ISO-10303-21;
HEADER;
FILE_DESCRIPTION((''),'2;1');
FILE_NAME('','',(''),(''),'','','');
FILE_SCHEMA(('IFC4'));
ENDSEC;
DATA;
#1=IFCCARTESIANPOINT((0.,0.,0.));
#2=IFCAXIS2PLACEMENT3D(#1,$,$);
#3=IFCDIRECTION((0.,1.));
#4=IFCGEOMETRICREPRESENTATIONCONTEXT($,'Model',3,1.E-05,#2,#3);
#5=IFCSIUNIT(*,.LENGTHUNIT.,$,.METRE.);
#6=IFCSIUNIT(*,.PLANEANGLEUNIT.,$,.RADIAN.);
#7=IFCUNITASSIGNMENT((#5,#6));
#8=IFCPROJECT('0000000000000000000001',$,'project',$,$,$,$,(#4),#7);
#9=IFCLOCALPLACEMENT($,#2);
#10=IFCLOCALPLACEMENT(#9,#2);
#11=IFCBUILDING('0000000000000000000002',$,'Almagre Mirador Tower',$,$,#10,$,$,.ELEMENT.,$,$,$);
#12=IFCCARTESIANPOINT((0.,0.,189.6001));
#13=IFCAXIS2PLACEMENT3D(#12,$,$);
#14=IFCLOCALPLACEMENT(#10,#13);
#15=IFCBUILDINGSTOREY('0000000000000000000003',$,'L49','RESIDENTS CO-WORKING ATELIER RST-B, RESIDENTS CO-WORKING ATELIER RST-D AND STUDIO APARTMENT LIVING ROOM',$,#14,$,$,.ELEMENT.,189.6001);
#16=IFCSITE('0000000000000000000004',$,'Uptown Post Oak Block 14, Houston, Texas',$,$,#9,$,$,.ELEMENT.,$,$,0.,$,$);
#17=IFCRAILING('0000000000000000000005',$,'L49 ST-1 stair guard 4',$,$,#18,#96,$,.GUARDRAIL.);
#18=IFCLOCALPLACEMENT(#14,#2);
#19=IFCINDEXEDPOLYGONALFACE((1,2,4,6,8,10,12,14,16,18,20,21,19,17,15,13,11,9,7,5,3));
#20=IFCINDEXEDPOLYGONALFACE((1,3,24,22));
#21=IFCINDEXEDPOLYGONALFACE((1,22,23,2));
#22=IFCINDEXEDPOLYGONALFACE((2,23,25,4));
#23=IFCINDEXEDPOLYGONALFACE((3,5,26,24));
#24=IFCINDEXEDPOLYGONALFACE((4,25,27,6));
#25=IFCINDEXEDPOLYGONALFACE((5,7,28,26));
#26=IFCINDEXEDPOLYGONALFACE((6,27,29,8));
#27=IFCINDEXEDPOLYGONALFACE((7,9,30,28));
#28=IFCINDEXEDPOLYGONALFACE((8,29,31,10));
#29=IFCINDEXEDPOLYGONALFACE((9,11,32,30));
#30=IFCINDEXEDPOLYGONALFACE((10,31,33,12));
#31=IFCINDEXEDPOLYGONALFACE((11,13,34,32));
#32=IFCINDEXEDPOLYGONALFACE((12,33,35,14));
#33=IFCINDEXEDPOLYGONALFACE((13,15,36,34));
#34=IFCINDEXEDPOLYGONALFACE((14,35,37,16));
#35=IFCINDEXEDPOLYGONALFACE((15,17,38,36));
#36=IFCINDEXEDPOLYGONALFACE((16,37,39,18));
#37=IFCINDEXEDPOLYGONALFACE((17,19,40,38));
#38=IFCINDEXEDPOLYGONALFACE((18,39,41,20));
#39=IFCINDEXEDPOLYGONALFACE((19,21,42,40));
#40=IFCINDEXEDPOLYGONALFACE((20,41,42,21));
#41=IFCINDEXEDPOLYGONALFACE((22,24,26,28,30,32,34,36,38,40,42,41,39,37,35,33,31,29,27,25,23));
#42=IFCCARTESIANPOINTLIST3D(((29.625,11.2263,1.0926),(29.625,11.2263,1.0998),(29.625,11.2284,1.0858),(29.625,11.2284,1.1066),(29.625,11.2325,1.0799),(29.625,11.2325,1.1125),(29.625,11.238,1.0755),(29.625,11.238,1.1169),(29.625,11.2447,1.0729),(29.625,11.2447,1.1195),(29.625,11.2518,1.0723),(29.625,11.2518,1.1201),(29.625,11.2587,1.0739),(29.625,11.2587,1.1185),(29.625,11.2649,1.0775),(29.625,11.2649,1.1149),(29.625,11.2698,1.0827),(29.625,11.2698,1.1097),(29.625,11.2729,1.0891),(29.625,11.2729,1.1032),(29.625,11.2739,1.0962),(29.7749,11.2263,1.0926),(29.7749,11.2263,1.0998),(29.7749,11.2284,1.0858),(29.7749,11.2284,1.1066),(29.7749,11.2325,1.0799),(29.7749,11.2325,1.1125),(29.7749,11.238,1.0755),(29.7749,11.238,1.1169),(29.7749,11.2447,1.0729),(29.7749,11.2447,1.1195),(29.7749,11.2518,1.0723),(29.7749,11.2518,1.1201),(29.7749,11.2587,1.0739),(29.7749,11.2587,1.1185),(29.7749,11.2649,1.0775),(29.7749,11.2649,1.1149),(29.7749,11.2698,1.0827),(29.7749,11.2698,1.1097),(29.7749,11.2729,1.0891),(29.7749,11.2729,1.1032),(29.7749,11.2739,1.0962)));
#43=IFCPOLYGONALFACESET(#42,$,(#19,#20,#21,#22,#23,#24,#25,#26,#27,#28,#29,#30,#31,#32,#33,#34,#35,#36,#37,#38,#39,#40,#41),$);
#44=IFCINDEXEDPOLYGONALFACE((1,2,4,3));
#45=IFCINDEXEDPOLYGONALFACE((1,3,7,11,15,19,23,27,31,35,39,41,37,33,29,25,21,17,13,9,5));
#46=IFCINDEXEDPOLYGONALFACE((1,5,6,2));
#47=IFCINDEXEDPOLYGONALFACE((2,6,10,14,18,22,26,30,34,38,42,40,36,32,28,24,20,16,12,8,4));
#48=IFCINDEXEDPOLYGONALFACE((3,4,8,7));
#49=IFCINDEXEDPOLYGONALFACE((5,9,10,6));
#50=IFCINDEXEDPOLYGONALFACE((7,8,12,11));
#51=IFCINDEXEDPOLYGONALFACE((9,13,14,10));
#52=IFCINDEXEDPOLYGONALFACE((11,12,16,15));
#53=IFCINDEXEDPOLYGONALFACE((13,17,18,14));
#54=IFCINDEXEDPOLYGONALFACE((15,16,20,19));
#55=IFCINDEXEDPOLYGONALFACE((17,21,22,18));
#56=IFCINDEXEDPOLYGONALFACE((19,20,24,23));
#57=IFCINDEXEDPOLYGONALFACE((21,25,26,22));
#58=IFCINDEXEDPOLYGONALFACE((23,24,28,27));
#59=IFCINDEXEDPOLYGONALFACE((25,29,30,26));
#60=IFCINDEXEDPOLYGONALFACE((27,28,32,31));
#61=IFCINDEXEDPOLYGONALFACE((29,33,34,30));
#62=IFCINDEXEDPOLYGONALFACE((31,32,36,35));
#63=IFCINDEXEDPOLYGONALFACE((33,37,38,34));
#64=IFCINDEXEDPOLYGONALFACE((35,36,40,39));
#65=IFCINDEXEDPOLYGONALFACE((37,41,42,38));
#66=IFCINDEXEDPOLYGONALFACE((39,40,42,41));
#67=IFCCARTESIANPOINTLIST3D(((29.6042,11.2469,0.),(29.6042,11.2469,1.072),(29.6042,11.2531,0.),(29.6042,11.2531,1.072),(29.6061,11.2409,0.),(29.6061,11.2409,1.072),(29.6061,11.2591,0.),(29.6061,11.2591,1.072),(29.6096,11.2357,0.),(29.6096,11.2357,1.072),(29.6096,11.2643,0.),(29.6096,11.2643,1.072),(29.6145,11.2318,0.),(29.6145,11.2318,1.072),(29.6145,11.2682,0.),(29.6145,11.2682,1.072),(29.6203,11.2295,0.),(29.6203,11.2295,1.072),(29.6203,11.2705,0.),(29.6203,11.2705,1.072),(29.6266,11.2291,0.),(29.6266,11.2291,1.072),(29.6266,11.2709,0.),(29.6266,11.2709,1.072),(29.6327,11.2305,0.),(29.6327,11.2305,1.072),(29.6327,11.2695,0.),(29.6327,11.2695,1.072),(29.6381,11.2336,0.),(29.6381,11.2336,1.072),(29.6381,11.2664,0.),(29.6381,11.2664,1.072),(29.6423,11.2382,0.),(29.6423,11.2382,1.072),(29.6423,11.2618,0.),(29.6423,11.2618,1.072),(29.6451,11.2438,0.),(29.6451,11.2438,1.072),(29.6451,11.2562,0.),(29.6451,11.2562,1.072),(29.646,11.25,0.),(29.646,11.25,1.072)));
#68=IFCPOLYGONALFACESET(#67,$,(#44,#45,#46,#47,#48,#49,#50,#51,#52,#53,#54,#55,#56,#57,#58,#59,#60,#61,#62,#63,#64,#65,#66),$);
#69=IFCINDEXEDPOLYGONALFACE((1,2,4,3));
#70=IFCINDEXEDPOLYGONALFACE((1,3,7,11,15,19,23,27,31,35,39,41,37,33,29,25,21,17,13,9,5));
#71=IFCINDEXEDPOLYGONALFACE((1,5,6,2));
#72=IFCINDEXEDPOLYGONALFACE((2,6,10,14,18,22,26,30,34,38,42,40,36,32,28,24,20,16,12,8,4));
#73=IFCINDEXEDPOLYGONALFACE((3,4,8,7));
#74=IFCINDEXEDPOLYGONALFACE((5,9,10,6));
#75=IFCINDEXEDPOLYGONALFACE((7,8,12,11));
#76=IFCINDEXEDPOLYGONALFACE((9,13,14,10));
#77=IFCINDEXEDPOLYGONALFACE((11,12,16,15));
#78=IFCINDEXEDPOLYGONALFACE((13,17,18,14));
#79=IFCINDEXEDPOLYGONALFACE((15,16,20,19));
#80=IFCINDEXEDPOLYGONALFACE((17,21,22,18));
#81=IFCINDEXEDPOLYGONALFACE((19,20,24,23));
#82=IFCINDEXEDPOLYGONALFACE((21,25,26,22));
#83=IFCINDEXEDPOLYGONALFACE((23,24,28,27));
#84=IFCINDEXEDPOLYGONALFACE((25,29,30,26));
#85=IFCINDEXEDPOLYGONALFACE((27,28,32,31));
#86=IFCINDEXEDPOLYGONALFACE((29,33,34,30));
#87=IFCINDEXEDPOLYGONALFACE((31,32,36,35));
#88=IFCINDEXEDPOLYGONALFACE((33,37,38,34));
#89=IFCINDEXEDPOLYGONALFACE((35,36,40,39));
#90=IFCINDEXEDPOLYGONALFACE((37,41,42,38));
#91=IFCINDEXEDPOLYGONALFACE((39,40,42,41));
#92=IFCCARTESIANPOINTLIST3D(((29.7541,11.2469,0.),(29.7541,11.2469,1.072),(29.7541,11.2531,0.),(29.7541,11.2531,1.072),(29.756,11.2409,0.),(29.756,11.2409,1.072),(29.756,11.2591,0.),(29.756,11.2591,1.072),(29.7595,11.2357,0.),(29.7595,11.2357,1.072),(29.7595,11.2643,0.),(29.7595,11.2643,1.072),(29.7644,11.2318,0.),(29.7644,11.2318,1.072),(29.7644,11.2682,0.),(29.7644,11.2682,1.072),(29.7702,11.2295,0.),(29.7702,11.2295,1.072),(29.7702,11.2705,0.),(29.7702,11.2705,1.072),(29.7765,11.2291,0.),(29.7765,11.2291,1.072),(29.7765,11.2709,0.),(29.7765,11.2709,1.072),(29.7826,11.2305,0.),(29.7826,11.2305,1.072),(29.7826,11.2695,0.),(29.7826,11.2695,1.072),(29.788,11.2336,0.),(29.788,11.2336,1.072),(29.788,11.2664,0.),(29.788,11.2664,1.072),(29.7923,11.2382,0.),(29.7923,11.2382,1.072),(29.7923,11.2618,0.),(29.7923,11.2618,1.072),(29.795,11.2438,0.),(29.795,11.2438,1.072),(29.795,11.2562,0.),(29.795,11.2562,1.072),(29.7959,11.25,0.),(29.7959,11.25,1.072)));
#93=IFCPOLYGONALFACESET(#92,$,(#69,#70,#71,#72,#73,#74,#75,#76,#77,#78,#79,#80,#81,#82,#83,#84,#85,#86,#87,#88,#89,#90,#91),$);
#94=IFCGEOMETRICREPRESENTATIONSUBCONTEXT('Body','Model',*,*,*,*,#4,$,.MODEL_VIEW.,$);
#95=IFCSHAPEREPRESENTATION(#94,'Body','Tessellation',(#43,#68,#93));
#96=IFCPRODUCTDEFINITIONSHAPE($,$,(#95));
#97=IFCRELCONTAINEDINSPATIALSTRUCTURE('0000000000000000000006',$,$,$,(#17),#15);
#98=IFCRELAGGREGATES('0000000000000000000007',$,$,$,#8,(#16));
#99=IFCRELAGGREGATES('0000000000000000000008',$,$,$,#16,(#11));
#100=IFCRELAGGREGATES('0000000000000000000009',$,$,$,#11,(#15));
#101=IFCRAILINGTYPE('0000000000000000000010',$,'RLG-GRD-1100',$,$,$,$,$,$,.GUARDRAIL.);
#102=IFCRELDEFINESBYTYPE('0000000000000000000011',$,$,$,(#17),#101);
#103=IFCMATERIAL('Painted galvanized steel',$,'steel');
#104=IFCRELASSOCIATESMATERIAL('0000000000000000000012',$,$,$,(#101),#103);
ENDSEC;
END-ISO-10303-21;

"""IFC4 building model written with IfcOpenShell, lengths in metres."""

from ifc_helpers import new_model, si_unit, direction, frame, origin, origin_2d, place, context, subcontext, project, spatial, circle, extrude, material, type_object, element, save


model = new_model("IFC4")

# Units and contexts
model_context = context("Model", 3, precision=1e-05, world=origin(), true_north=direction((0.0, 1.0)))
body_context = subcontext(model_context, "Body", "Model", "MODEL_VIEW")
ifc_project = project(units=[si_unit("LENGTHUNIT", "METRE"), si_unit("PLANEANGLEUNIT", "RADIAN")], contexts=[model_context])

# Site, building, storey
site_placement = place(None, origin())
site = spatial("IfcSite", under=ifc_project, at=site_placement, Name="Uptown Post Oak Block 14, Houston, Texas", CompositionType="ELEMENT", RefElevation=0.0)
building_placement = place(site_placement, origin())
building = spatial("IfcBuilding", under=site, at=building_placement, Name="Almagre Mirador Tower", CompositionType="ELEMENT")
storey_placement = place(building_placement, frame((0.0, 0.0, 189.6001)))
storey = spatial("IfcBuildingStorey", under=building, at=storey_placement, Name="L49", Description="RESIDENTS CO-WORKING ATELIER RST-B, RESIDENTS CO-WORKING ATELIER RST-D AND STUDIO APARTMENT LIVING ROOM", CompositionType="ELEMENT", Elevation=189.6001)

# Railing
ifc_material_1 = material(Name="Painted galvanized steel", Category="steel")
railing_type = type_object("IfcRailingType", Name="RLG-GRD-1100", PredefinedType="GUARDRAIL", material=ifc_material_1)
railing_placement = place(storey_placement, frame((29.625, 11.25, 0.0)))
element("IfcRailing", 1, at=railing_placement, inside=storey, type_object=railing_type, Name="L49 ST-1 stair guard 4", PredefinedType="GUARDRAIL", context=body_context, shape_type="SweptSolid", body=[
    extrude(circle(Radius=0.0239, at=origin_2d()), frame((0.0, 0.0, 1.0962), z_axis=(1.0, 0.0, 0.0), x_axis=(0.0, 1.0, 0.0)), (0.0, 0.0, 1.0), 0.1499),
    extrude(circle(Radius=0.021, at=origin_2d()), origin(), (0.0, 0.0, 1.0), 1.072),
    extrude(circle(Radius=0.021, at=origin_2d()), frame((0.1499, 0.0, 0.0)), (0.0, 0.0, 1.0), 1.072),
])

save(model, "model.ifc")
